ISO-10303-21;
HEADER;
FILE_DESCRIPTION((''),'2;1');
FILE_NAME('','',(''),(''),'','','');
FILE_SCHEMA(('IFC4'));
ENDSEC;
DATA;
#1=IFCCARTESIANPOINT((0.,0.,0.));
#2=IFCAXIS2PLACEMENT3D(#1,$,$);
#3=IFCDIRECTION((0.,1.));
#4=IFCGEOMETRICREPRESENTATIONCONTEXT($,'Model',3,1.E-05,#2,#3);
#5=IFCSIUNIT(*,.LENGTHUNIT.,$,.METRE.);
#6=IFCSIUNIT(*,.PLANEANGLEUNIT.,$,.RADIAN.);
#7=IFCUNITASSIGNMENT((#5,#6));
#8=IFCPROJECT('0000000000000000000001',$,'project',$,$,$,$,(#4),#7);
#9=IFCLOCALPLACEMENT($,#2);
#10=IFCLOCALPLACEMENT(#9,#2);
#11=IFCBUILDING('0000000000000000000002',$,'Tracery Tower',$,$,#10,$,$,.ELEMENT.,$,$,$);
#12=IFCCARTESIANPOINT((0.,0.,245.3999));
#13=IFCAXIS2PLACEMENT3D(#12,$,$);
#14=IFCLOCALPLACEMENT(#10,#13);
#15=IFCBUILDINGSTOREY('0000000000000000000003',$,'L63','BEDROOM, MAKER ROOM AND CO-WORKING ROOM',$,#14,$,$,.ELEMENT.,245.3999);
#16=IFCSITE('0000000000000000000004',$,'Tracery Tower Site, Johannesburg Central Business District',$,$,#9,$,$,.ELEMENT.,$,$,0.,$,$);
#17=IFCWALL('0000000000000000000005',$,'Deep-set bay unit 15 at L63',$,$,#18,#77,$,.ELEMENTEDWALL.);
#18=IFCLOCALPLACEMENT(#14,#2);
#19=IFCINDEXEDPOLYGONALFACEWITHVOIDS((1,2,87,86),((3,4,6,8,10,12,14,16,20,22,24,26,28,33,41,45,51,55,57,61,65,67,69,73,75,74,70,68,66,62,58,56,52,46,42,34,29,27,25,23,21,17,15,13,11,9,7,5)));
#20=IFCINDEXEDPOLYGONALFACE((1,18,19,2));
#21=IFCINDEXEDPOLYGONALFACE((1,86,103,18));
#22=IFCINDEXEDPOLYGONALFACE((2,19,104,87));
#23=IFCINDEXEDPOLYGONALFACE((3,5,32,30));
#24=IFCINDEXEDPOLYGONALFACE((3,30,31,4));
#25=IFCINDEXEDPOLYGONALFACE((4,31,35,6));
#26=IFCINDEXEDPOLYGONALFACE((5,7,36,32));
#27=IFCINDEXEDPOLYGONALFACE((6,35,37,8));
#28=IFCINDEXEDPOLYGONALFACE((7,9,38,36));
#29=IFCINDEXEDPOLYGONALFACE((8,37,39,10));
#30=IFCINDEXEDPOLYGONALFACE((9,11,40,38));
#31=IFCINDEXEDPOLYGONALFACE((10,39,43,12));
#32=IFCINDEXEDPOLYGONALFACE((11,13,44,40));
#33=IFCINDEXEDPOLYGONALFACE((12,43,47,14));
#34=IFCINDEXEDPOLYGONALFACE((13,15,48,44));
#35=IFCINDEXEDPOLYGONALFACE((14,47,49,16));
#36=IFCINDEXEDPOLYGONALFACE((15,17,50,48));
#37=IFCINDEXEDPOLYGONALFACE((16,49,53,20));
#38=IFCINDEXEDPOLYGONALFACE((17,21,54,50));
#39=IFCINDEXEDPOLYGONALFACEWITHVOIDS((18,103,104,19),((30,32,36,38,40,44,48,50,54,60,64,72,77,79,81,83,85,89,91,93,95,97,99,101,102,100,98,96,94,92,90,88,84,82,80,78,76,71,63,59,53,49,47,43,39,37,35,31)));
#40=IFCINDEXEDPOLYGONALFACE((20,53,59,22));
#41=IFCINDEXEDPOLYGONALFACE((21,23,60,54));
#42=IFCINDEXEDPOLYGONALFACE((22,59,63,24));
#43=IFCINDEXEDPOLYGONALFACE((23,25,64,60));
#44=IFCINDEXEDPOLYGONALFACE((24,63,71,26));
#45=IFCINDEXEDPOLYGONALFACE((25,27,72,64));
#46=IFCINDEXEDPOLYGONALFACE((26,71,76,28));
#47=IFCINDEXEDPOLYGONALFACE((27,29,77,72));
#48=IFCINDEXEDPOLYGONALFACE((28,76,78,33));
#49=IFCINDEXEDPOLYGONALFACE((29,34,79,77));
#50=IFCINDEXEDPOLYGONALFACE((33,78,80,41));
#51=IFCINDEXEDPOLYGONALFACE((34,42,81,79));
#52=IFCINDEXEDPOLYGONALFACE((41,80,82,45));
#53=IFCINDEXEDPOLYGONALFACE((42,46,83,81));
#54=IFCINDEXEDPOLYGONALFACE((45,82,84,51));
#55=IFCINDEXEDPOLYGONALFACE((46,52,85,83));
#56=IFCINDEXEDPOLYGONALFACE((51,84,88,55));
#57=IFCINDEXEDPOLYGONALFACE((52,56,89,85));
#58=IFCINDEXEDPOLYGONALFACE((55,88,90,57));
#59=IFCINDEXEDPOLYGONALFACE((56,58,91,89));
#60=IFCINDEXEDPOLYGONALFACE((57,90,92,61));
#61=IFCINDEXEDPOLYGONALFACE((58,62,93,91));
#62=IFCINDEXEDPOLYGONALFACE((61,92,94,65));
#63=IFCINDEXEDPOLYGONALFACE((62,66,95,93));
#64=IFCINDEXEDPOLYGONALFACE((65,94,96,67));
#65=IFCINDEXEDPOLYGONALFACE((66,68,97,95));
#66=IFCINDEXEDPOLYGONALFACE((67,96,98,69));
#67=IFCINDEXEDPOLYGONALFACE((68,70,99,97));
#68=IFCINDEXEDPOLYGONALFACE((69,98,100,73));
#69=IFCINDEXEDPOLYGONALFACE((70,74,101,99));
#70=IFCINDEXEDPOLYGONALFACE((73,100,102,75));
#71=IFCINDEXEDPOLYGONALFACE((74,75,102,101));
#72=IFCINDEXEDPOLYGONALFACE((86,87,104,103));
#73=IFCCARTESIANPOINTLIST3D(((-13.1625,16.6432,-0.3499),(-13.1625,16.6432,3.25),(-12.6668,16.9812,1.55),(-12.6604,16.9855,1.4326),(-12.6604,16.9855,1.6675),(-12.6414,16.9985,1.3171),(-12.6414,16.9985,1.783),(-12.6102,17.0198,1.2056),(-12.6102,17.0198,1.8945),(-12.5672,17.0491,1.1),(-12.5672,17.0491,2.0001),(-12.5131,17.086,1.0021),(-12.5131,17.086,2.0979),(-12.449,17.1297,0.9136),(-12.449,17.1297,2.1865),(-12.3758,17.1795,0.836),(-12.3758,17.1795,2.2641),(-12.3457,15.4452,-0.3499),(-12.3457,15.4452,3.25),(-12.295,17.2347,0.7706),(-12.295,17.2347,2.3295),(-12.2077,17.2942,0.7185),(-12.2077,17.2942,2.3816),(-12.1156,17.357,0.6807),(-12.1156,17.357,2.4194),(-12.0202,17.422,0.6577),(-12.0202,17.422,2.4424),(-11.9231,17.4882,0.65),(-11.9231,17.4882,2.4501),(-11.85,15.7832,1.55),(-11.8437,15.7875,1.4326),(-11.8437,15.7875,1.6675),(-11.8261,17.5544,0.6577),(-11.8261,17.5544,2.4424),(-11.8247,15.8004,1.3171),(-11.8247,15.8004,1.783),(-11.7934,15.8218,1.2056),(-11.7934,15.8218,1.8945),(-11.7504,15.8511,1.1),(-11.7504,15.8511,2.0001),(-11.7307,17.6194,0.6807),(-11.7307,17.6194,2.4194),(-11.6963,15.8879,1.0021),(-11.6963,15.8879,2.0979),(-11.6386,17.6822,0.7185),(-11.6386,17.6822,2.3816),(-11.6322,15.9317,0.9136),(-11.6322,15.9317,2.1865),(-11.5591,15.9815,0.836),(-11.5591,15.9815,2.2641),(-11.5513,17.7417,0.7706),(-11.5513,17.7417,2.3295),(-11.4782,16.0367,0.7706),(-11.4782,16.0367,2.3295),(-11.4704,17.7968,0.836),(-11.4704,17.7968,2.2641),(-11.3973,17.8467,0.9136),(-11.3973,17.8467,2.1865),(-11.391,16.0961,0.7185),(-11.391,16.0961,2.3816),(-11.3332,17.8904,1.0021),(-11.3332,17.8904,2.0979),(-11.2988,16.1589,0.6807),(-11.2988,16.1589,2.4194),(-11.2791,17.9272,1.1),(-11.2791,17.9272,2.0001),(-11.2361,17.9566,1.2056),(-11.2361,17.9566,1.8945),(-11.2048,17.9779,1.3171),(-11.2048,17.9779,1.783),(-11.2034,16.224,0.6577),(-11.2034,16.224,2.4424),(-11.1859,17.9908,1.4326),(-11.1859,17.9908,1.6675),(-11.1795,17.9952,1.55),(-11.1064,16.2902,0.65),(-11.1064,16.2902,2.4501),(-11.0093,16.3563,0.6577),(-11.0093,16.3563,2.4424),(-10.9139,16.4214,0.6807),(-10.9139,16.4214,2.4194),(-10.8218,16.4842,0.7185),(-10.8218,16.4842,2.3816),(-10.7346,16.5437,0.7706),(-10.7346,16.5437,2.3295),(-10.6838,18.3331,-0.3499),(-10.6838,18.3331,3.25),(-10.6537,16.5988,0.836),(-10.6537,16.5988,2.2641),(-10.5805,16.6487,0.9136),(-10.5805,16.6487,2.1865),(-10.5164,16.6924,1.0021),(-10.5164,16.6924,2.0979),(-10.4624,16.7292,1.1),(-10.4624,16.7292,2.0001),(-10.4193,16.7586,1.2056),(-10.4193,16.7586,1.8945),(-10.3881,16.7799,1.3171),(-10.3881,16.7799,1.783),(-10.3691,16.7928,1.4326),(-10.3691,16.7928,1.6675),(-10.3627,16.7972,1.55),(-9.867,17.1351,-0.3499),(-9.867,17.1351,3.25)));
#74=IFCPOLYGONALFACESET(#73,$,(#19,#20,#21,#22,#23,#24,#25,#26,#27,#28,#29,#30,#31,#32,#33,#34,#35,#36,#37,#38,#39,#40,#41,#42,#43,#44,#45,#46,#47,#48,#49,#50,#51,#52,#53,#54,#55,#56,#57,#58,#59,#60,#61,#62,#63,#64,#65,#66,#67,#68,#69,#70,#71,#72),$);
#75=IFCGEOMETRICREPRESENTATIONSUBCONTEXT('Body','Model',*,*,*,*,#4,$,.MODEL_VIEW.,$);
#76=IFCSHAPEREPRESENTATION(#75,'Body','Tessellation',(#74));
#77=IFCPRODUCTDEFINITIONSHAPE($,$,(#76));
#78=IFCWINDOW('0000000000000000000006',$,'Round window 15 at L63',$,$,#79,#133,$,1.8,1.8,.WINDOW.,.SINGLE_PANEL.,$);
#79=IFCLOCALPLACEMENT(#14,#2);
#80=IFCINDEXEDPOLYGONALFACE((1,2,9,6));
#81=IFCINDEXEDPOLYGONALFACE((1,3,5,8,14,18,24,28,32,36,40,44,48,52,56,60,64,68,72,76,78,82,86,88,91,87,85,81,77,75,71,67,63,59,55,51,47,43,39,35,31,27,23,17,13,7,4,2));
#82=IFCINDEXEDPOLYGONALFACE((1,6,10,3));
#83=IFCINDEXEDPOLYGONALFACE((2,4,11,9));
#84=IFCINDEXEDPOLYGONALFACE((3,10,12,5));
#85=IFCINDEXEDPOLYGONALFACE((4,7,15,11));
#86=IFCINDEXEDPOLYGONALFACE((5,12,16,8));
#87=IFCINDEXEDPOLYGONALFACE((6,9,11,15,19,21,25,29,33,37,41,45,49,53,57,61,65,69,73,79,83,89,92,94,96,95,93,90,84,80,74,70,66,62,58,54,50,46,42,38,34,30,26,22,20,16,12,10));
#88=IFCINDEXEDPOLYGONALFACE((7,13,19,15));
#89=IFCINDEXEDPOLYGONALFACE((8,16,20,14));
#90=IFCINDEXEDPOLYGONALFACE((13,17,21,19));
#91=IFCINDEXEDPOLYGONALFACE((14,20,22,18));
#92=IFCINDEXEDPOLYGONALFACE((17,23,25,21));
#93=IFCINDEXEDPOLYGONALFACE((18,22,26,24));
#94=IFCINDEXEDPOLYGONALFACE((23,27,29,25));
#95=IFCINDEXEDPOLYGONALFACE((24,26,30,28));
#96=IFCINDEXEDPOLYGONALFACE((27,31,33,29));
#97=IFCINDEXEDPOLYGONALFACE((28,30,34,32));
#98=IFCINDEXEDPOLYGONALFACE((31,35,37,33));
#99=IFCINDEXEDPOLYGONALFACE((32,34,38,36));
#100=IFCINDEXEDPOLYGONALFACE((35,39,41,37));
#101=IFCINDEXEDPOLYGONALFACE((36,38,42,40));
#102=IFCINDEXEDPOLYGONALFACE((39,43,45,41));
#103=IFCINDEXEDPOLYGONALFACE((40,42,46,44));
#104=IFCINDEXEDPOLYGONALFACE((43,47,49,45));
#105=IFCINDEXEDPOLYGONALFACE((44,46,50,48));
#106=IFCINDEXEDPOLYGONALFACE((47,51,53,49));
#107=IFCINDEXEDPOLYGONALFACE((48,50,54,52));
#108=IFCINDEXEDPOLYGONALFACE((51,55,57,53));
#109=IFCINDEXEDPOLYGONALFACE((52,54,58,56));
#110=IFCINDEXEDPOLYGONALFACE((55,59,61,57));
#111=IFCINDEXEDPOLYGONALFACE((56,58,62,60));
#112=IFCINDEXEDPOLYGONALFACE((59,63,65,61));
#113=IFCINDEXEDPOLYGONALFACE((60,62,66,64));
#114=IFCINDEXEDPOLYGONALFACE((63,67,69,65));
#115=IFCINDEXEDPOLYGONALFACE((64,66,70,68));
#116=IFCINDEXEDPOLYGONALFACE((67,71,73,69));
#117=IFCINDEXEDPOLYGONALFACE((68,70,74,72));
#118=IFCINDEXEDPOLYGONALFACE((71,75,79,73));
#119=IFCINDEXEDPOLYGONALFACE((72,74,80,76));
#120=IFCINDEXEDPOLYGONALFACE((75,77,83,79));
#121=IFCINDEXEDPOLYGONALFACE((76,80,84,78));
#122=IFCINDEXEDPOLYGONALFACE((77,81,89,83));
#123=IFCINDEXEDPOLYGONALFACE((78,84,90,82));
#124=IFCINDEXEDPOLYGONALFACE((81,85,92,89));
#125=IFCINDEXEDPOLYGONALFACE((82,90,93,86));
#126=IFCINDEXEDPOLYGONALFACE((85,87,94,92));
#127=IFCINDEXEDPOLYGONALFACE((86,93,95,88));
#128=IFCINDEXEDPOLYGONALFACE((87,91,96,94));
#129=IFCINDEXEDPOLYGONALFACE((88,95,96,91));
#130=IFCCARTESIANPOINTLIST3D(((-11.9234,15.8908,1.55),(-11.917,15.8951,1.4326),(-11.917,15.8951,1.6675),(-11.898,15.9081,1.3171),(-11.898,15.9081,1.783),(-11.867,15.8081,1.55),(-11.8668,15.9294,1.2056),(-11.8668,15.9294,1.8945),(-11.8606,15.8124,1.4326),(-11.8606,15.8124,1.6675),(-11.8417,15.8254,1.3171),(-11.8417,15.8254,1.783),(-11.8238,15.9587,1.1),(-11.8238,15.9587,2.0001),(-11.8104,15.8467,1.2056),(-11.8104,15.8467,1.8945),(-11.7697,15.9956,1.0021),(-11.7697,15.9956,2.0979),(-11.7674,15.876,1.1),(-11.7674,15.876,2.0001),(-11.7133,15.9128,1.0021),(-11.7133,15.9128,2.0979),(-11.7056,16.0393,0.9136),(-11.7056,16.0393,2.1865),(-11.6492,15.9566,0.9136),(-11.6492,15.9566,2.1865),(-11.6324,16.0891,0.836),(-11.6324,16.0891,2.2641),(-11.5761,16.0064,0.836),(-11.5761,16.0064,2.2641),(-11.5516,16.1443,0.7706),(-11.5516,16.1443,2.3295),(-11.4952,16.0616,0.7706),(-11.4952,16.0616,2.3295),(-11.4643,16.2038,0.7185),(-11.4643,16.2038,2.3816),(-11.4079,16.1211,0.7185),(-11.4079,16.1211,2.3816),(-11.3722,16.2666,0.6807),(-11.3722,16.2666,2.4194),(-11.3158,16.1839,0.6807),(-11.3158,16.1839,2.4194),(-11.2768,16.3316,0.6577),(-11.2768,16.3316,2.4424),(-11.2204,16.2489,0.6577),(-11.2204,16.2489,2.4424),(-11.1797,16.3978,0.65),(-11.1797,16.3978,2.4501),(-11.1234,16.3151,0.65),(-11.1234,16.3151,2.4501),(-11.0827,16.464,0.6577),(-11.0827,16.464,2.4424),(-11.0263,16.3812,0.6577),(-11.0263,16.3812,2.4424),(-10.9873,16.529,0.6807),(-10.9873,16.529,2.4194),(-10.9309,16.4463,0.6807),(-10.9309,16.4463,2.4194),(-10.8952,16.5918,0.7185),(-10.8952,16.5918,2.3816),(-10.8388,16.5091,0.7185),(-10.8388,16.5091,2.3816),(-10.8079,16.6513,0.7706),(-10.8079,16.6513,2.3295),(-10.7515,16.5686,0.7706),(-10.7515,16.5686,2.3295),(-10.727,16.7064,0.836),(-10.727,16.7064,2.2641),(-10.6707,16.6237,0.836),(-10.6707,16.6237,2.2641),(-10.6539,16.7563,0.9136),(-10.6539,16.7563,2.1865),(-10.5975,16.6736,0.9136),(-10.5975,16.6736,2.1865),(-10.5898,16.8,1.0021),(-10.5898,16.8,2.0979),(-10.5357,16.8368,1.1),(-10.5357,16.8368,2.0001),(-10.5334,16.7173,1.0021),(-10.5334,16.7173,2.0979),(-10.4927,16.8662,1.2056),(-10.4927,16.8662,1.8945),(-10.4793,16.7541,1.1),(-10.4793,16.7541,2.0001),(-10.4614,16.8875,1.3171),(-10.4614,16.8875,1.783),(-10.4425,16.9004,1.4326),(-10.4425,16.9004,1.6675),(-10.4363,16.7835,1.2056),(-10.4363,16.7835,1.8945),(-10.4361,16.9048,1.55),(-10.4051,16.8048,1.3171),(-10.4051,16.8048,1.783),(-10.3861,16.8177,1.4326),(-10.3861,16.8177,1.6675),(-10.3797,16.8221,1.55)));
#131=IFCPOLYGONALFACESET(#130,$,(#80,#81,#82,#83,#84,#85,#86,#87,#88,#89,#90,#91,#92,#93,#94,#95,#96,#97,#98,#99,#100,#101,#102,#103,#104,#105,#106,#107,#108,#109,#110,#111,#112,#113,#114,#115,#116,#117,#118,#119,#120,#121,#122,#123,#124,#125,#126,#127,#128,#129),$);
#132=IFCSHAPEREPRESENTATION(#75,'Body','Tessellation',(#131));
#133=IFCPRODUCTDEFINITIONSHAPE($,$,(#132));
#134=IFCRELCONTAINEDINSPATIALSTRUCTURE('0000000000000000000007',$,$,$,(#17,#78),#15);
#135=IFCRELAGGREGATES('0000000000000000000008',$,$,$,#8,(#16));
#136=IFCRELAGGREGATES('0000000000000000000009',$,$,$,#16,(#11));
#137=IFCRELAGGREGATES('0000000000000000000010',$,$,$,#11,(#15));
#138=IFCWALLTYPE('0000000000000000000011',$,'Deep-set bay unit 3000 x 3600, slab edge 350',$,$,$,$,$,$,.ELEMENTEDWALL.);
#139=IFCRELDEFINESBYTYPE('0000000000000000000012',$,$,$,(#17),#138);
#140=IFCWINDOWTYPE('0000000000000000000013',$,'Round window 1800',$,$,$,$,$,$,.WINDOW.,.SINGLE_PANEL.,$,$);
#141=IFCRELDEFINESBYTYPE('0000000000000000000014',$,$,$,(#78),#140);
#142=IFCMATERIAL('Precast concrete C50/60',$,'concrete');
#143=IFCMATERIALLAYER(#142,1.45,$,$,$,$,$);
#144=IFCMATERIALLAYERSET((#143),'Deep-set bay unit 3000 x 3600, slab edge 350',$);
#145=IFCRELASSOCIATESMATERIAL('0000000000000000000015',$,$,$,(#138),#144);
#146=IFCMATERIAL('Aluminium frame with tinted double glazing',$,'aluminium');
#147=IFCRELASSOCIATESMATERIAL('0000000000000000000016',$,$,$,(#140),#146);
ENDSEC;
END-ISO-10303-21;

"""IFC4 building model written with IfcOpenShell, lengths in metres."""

from ifc_helpers import new_model, si_unit, direction, frame, frame_2d, origin, origin_2d, place, context, subcontext, project, spatial, rectangle, circle, extrude, material, layer, layer_set, type_object, element, fill, save


model = new_model("IFC4")

# Units and contexts
model_context = context("Model", 3, precision=1e-05, world=origin(), true_north=direction((0.0, 1.0)))
body_context = subcontext(model_context, "Body", "Model", "MODEL_VIEW")
ifc_project = project(units=[si_unit("LENGTHUNIT", "METRE"), si_unit("PLANEANGLEUNIT", "RADIAN")], contexts=[model_context])

# Site, building, storey
site_placement = place(None, origin())
site = spatial("IfcSite", under=ifc_project, at=site_placement, Name="Tracery Tower Site, Johannesburg Central Business District", CompositionType="ELEMENT", RefElevation=0.0)
building_placement = place(site_placement, origin())
building = spatial("IfcBuilding", under=site, at=building_placement, Name="Tracery Tower", CompositionType="ELEMENT")
storey_placement = place(building_placement, frame((0.0, 0.0, 245.3999)))
storey = spatial("IfcBuildingStorey", under=building, at=storey_placement, Name="L63", Description="BEDROOM, MAKER ROOM AND CO-WORKING ROOM", CompositionType="ELEMENT", Elevation=245.3999)

# Wall, opening, window
ifc_material_1 = material(Name="Precast concrete C50/60", Category="concrete")
ifc_layer_1 = layer(ifc_material_1, 1.45)
ifc_layer_set_1 = layer_set([ifc_layer_1], Name="Deep-set bay unit 3000 x 3600, slab edge 350")
wall_type_1 = type_object("IfcWallType", Name="Deep-set bay unit 3000 x 3600, slab edge 350", PredefinedType="ELEMENTEDWALL", material=ifc_layer_set_1)
wall_1_placement = place(storey_placement, frame((-10.2754, 17.7341, -0.3499), z_axis=(0.0, 0.0, 1.0), x_axis=(-0.826246, -0.563309, 0.0)))
wall_1 = element("IfcWall", 1, at=wall_1_placement, inside=storey, type_object=wall_type_1, Name="Deep-set bay unit 15 at L63", PredefinedType="ELEMENTEDWALL", context=body_context, shape_type="SweptSolid", body=[
    extrude(rectangle(XDim=3.0, YDim=1.45, at=frame_2d((1.5, 0.0))), origin(), (0.0, 0.0, 1.0), 3.5999),
])
opening_1_placement = place(wall_1_placement, frame((1.5, 0.0, 1.8999)))
opening_1 = element("IfcOpeningElement", 2, at=opening_1_placement, cuts=wall_1, PredefinedType="OPENING", context=body_context, shape_type="SweptSolid", body=[
    extrude(circle(Radius=0.9, at=origin_2d()), frame((0.0, 0.7349, 0.0), z_axis=(0.0, -1.0, 0.0), x_axis=(1.0, 0.0, 0.0)), (0.0, 0.0, 1.0), 1.47),
])
ifc_material_2 = material(Name="Aluminium frame with tinted double glazing", Category="aluminium")
window_type = type_object("IfcWindowType", Name="Round window 1800", PartitioningType="SINGLE_PANEL", PredefinedType="WINDOW", material=ifc_material_2)
window_1_placement = place(opening_1_placement, origin())
window_1 = element("IfcWindow", 3, at=window_1_placement, inside=storey, type_object=window_type, Name="Round window 15 at L63", OverallHeight=1.8, OverallWidth=1.8, PartitioningType="SINGLE_PANEL", PredefinedType="WINDOW", context=body_context, shape_type="SweptSolid", body=[
    extrude(circle(Radius=0.9, at=origin_2d()), frame((0.0, 0.6948, 0.0), z_axis=(0.0, -1.0, 0.0), x_axis=(1.0, 0.0, 0.0)), (0.0, 0.0, 1.0), 0.1001),
])
fill(opening_1, window_1)

save(model, "model.ifc")
